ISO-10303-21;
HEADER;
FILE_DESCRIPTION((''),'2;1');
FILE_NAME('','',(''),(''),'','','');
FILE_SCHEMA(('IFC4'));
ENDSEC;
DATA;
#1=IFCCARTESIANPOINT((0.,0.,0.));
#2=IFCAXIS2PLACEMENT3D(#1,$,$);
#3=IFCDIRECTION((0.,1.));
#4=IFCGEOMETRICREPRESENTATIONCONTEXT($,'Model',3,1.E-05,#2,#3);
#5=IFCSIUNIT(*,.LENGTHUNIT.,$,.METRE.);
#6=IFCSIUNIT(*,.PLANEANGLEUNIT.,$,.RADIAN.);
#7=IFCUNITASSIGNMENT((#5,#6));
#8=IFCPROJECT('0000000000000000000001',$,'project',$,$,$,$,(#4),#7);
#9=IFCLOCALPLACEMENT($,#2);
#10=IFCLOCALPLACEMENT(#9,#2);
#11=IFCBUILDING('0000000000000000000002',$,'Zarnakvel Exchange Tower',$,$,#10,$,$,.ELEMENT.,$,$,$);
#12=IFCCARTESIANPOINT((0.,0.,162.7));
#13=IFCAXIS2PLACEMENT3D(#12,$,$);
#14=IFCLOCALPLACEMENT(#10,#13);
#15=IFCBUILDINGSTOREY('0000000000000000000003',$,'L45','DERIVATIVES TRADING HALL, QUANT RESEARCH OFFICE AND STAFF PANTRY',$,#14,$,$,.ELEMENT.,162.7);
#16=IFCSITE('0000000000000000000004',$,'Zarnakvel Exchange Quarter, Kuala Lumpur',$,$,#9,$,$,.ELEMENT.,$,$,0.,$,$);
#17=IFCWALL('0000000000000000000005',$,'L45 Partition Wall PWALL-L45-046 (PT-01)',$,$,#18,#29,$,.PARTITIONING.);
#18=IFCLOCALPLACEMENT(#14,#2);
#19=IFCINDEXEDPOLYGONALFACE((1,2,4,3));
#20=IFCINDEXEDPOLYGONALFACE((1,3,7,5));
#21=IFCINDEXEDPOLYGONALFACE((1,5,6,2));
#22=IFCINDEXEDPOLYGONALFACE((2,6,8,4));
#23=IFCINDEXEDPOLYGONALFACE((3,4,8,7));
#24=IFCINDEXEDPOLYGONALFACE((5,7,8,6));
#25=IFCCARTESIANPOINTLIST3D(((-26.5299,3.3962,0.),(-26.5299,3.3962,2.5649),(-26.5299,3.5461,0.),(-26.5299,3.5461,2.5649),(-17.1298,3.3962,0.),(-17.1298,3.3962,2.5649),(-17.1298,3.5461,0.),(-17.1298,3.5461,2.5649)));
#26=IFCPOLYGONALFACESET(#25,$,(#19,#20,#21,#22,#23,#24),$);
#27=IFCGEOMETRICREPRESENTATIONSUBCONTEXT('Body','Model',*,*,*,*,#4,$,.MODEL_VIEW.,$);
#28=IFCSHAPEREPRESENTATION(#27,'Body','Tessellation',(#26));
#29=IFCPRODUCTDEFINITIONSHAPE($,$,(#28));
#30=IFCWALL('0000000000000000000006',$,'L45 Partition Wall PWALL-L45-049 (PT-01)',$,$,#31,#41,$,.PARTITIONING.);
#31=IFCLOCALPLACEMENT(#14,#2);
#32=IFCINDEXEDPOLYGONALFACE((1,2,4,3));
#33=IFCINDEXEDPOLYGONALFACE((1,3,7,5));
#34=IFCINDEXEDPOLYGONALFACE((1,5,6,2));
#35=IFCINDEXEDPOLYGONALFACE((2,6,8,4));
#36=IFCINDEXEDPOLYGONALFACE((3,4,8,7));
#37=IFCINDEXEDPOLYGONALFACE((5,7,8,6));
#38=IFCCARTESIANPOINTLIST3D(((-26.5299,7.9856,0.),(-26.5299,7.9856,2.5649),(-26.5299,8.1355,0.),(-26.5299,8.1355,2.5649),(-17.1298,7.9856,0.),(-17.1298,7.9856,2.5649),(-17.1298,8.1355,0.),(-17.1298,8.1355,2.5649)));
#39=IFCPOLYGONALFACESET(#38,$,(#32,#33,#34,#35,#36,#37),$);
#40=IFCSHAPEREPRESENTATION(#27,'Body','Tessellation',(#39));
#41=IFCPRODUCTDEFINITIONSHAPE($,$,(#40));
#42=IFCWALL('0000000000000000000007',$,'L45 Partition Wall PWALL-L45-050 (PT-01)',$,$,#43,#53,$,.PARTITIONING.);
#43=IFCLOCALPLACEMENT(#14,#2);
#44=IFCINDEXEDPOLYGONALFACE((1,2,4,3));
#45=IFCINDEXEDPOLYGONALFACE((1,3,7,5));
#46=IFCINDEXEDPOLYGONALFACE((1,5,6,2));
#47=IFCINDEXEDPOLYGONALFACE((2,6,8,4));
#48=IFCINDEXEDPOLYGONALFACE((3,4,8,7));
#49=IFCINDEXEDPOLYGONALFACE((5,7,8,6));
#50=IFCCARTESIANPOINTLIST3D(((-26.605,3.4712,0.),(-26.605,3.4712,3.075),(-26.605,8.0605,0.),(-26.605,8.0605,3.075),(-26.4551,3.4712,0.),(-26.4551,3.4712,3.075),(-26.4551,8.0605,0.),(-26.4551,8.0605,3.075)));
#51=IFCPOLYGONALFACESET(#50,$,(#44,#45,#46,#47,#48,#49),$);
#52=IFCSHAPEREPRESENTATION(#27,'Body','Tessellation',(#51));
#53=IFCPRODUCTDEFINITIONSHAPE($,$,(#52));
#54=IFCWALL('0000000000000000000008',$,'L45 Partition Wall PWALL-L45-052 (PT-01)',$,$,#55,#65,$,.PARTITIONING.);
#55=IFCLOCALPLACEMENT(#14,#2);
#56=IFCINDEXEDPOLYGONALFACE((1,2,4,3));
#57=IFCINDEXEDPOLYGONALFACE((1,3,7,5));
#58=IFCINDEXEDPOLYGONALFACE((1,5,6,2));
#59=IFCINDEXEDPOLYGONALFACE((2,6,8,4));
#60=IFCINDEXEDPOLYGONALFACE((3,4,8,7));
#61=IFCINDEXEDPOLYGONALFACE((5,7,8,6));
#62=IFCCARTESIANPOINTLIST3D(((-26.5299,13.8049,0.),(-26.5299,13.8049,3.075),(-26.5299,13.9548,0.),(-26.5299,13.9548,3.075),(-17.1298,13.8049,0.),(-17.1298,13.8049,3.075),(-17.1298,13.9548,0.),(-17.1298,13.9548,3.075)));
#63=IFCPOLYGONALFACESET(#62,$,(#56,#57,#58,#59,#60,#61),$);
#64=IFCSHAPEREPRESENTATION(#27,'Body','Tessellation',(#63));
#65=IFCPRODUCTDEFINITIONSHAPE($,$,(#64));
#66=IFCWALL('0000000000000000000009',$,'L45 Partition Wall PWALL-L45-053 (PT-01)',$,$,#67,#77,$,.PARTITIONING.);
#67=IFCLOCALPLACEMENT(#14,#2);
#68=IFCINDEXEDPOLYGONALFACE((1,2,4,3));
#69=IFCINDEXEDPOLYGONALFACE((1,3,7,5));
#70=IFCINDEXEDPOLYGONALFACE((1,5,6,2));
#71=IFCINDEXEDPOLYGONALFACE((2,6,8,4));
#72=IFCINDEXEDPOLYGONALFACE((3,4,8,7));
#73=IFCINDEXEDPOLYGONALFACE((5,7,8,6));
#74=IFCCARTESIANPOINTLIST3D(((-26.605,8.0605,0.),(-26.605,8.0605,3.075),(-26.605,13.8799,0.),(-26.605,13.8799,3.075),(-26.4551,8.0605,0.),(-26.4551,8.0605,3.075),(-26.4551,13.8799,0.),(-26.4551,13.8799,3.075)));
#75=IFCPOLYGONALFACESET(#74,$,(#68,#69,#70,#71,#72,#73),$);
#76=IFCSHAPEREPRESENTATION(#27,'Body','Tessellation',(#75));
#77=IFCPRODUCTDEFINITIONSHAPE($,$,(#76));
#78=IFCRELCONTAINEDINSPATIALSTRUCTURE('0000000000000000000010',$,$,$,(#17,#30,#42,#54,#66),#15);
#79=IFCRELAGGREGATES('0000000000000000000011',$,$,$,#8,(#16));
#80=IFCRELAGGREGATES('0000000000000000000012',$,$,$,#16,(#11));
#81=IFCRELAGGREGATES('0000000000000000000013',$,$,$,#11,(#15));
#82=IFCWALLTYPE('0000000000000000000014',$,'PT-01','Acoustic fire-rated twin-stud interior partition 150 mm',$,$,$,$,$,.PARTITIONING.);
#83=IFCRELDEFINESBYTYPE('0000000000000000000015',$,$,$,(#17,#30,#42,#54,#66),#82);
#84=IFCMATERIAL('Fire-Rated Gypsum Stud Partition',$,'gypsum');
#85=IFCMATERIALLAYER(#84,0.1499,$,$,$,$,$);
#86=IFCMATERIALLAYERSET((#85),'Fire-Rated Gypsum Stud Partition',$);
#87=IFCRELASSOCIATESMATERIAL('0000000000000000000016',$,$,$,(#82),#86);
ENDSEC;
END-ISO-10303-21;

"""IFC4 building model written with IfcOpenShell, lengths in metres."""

from ifc_helpers import new_model, si_unit, direction, frame, frame_2d, origin, place, context, subcontext, project, spatial, rectangle, extrude, material, layer, layer_set, type_object, element, save


model = new_model("IFC4")

# Units and contexts
model_context = context("Model", 3, precision=1e-05, world=origin(), true_north=direction((0.0, 1.0)))
body_context = subcontext(model_context, "Body", "Model", "MODEL_VIEW")
ifc_project = project(units=[si_unit("LENGTHUNIT", "METRE"), si_unit("PLANEANGLEUNIT", "RADIAN")], contexts=[model_context])

# Site, building, storey
site_placement = place(None, origin())
site = spatial("IfcSite", under=ifc_project, at=site_placement, Name="Zarnakvel Exchange Quarter, Kuala Lumpur", CompositionType="ELEMENT", RefElevation=0.0)
building_placement = place(site_placement, origin())
building = spatial("IfcBuilding", under=site, at=building_placement, Name="Zarnakvel Exchange Tower", CompositionType="ELEMENT")
storey_placement = place(building_placement, frame((0.0, 0.0, 162.7)))
storey = spatial("IfcBuildingStorey", under=building, at=storey_placement, Name="L45", Description="DERIVATIVES TRADING HALL, QUANT RESEARCH OFFICE AND STAFF PANTRY", CompositionType="ELEMENT", Elevation=162.7)

# Walls
ifc_material_1 = material(Name="Fire-Rated Gypsum Stud Partition", Category="gypsum")
ifc_layer_1 = layer(ifc_material_1, 0.1499)
ifc_layer_set_1 = layer_set([ifc_layer_1], Name="Fire-Rated Gypsum Stud Partition")
wall_type_1 = type_object("IfcWallType", Name="PT-01", Description="Acoustic fire-rated twin-stud interior partition 150 mm", PredefinedType="PARTITIONING", material=ifc_layer_set_1)
for number, where, z_axis, x_axis, name in (
    (1, (-26.53, 3.4712, 0.0), (0.0, 0.0, 1.0), (1.0, 0.0, 0.0), "L45 Partition Wall PWALL-L45-046 (PT-01)"),
    (2, (-26.53, 8.0605, 0.0), (0.0, 0.0, 1.0), (1.0, 0.0, 0.0), "L45 Partition Wall PWALL-L45-049 (PT-01)"),
):
    element("IfcWall", number, at=place(storey_placement, frame(where, z_axis=z_axis, x_axis=x_axis)), inside=storey, type_object=wall_type_1, Name=name, PredefinedType="PARTITIONING", context=body_context, shape_type="SweptSolid", body=[
        extrude(rectangle(XDim=9.4001, YDim=0.1499, at=frame_2d((4.7002, 0.0))), origin(), (0.0, 0.0, 1.0), 2.5649),
    ])
wall_1_placement = place(storey_placement, frame((-26.53, 3.4712, 0.0), z_axis=(0.0, 0.0, 1.0), x_axis=(0.0, 1.0, 0.0)))
element("IfcWall", 3, at=wall_1_placement, inside=storey, type_object=wall_type_1, Name="L45 Partition Wall PWALL-L45-050 (PT-01)", PredefinedType="PARTITIONING", context=body_context, shape_type="SweptSolid", body=[
    extrude(rectangle(XDim=4.5894, YDim=0.1499, at=frame_2d((2.2947, 0.0))), origin(), (0.0, 0.0, 1.0), 3.075),
])
wall_2_placement = place(storey_placement, frame((-26.53, 13.8799, 0.0), z_axis=(0.0, 0.0, 1.0), x_axis=(1.0, 0.0, 0.0)))
element("IfcWall", 4, at=wall_2_placement, inside=storey, type_object=wall_type_1, Name="L45 Partition Wall PWALL-L45-052 (PT-01)", PredefinedType="PARTITIONING", context=body_context, shape_type="SweptSolid", body=[
    extrude(rectangle(XDim=9.4001, YDim=0.1499, at=frame_2d((4.7002, 0.0))), origin(), (0.0, 0.0, 1.0), 3.075),
])
wall_3_placement = place(storey_placement, frame((-26.53, 8.0605, 0.0), z_axis=(0.0, 0.0, 1.0), x_axis=(0.0, 1.0, 0.0)))
element("IfcWall", 5, at=wall_3_placement, inside=storey, type_object=wall_type_1, Name="L45 Partition Wall PWALL-L45-053 (PT-01)", PredefinedType="PARTITIONING", context=body_context, shape_type="SweptSolid", body=[
    extrude(rectangle(XDim=5.8193, YDim=0.1499, at=frame_2d((2.9097, 0.0))), origin(), (0.0, 0.0, 1.0), 3.075),
])

save(model, "model.ifc")
